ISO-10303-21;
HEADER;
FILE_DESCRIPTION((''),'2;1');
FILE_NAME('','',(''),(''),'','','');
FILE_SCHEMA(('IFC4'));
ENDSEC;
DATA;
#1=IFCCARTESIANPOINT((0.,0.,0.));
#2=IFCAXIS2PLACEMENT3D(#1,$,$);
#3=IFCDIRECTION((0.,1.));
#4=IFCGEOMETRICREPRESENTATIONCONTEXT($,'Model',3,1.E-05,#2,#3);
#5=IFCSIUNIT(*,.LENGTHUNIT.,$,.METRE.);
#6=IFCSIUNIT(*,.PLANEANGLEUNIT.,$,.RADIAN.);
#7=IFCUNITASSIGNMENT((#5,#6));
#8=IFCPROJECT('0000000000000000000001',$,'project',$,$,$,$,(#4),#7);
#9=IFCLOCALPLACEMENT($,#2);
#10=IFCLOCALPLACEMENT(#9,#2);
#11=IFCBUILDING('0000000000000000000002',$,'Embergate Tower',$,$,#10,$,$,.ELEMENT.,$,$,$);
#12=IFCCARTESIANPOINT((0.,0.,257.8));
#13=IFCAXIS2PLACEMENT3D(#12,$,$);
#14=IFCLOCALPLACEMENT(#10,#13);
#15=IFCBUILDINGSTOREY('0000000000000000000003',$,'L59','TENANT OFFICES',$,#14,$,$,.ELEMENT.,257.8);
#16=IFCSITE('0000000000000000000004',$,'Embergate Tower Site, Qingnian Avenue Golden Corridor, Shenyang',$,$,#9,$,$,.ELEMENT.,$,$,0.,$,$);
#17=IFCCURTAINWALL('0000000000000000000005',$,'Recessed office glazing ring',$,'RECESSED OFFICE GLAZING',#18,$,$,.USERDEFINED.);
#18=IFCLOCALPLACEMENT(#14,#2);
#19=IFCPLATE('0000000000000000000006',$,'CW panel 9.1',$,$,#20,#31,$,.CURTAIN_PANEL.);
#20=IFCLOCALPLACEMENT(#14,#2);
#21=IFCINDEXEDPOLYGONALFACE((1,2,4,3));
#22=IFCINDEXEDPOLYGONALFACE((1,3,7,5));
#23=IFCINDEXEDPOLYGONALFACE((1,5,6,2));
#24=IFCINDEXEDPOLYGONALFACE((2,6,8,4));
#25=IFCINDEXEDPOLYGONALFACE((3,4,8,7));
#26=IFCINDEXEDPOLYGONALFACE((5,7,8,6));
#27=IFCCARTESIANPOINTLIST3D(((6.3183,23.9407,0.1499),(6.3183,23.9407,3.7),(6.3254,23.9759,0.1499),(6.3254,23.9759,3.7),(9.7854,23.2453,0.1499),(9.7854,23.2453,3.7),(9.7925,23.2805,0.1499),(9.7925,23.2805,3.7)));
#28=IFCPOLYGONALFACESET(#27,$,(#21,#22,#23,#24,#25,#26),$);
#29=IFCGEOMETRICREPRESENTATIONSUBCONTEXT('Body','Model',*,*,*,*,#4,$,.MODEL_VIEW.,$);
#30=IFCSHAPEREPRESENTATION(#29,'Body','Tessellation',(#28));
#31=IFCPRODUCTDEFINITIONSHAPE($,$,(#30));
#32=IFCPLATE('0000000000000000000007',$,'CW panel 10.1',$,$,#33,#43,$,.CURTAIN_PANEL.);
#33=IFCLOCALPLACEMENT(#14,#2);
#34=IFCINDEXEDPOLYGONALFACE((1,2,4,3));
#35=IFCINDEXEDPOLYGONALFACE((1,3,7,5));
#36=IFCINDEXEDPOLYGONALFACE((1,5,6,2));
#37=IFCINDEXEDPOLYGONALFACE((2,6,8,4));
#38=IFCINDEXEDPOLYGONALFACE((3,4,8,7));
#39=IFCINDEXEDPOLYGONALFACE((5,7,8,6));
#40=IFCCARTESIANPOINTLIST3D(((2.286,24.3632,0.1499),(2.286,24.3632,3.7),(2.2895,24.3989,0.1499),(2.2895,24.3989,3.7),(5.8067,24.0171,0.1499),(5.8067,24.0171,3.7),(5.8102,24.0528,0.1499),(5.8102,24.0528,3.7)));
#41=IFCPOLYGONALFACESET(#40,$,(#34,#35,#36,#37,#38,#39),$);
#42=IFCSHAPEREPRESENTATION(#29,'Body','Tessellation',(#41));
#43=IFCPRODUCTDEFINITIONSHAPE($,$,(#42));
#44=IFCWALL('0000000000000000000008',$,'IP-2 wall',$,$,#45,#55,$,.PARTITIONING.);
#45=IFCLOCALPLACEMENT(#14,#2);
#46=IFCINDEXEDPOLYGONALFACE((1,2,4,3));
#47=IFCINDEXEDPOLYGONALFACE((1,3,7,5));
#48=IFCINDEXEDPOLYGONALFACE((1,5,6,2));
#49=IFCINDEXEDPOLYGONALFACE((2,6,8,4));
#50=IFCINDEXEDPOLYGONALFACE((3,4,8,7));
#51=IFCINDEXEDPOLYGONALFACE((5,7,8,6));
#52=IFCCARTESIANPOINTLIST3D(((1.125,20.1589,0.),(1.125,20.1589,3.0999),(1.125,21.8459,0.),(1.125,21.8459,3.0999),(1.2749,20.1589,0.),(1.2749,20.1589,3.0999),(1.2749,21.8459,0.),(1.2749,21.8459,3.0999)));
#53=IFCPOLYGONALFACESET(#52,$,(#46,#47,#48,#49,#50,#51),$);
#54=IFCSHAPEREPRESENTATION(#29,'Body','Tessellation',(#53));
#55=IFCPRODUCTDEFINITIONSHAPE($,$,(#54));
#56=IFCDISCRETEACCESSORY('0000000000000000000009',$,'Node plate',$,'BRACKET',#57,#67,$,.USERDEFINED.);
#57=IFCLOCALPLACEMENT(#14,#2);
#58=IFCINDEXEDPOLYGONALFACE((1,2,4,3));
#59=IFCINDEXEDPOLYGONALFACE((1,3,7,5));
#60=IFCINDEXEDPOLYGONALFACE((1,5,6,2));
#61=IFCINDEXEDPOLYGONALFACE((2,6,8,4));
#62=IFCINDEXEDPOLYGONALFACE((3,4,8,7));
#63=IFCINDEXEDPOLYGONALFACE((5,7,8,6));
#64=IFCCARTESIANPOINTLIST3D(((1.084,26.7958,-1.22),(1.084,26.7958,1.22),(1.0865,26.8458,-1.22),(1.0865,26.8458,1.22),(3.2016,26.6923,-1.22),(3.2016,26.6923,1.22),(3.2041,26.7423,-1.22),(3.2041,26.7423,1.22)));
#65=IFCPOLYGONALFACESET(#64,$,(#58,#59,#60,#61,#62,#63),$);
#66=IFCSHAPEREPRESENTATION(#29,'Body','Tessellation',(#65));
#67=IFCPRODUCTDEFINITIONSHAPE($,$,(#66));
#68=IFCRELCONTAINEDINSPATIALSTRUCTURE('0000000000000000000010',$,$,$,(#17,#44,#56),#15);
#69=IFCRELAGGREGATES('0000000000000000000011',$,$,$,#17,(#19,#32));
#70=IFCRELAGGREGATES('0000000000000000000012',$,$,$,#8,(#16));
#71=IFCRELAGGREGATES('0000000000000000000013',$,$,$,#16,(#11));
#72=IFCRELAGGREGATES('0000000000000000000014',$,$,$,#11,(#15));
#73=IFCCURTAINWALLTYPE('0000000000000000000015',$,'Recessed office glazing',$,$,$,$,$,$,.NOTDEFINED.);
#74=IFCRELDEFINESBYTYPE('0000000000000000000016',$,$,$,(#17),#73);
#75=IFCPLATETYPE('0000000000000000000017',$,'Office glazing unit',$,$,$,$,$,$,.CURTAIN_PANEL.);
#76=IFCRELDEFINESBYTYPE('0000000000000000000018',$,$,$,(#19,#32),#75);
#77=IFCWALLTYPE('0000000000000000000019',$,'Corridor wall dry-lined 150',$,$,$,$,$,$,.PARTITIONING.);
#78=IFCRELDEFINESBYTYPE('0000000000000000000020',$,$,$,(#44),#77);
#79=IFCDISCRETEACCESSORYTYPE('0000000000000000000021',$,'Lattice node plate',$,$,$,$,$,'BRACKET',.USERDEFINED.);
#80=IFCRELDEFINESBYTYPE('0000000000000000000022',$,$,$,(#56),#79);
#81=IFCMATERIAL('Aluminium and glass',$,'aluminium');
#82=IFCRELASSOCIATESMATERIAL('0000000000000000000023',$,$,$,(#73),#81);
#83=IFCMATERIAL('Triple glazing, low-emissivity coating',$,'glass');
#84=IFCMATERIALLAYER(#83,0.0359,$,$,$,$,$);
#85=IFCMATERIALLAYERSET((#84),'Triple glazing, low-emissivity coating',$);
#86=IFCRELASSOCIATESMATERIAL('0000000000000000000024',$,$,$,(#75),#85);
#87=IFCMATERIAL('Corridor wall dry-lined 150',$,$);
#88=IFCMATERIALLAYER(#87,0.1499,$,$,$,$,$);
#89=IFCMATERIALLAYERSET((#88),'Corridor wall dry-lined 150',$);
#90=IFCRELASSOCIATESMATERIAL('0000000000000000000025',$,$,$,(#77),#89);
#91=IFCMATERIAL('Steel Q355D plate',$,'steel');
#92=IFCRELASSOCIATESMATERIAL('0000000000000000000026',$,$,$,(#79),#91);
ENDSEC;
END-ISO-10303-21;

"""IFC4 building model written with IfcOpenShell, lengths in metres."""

from ifc_helpers import new_model, si_unit, direction, frame, frame_2d, origin, origin_2d, place, context, subcontext, project, spatial, rectangle, extrude, source, transform, mapped, material, layer, layer_set, type_object, element, aggregate, save


model = new_model("IFC4")

# Units and contexts
model_context = context("Model", 3, precision=1e-05, world=origin(), true_north=direction((0.0, 1.0)))
body_context = subcontext(model_context, "Body", "Model", "MODEL_VIEW")
ifc_project = project(units=[si_unit("LENGTHUNIT", "METRE"), si_unit("PLANEANGLEUNIT", "RADIAN")], contexts=[model_context])

# Site, building, storey
site_placement = place(None, origin())
site = spatial("IfcSite", under=ifc_project, at=site_placement, Name="Embergate Tower Site, Qingnian Avenue Golden Corridor, Shenyang", CompositionType="ELEMENT", RefElevation=0.0)
building_placement = place(site_placement, origin())
building = spatial("IfcBuilding", under=site, at=building_placement, Name="Embergate Tower", CompositionType="ELEMENT")
storey_placement = place(building_placement, frame((0.0, 0.0, 257.8)))
storey = spatial("IfcBuildingStorey", under=building, at=storey_placement, Name="L59", Description="TENANT OFFICES", CompositionType="ELEMENT", Elevation=257.8)

# Curtain wall, plates
ifc_material_1 = material(Name="Aluminium and glass", Category="aluminium")
curtain_wall_type = type_object("IfcCurtainWallType", Name="Recessed office glazing", PredefinedType="NOTDEFINED", material=ifc_material_1)
curtain_wall_placement = place(storey_placement, origin())
curtain_wall = element("IfcCurtainWall", 1, at=curtain_wall_placement, inside=storey, type_object=curtain_wall_type, Name="Recessed office glazing ring", ObjectType="RECESSED OFFICE GLAZING", PredefinedType="USERDEFINED")
ifc_material_2 = material(Name="Triple glazing, low-emissivity coating", Category="glass")
ifc_layer_1 = layer(ifc_material_2, 0.0359)
ifc_layer_set_1 = layer_set([ifc_layer_1], Name="Triple glazing, low-emissivity coating")
plate_type = type_object("IfcPlateType", Name="Office glazing unit", PredefinedType="CURTAIN_PANEL", material=ifc_layer_set_1)
shared_shape_1 = source(origin(), body_context, "Body", "SweptSolid", [
    extrude(rectangle(XDim=3.5361, YDim=0.0359, at=origin_2d()), origin(), (0.0, 0.0, 1.0), 3.55),
])
plate_1_placement = place(storey_placement, frame((8.0554, 23.6106, 0.1499), z_axis=(0.0, 0.0, 1.0), x_axis=(-0.980476, 0.196639, 0.0)))
plate_1 = element("IfcPlate", 2, at=plate_1_placement, type_object=plate_type, Name="CW panel 9.1", PredefinedType="CURTAIN_PANEL", context=body_context, shape_type="MappedRepresentation", body=[
    mapped(shared_shape_1, transform((0.0, 0.0, 0.0))),
])
shared_shape_2 = source(origin(), body_context, "Body", "SweptSolid", [
    extrude(rectangle(XDim=3.5376, YDim=0.0359, at=origin_2d()), origin(), (0.0, 0.0, 1.0), 3.55),
])
plate_2_placement = place(storey_placement, frame((4.0481, 24.208, 0.1499), z_axis=(0.0, 0.0, 1.0), x_axis=(-0.995203, 0.09783, 0.0)))
plate_2 = element("IfcPlate", 3, at=plate_2_placement, type_object=plate_type, Name="CW panel 10.1", PredefinedType="CURTAIN_PANEL", context=body_context, shape_type="MappedRepresentation", body=[
    mapped(shared_shape_2, transform((0.0, 0.0, 0.0))),
])
aggregate(curtain_wall, [plate_1, plate_2])

# Wall
ifc_material_3 = material(Name="Corridor wall dry-lined 150")
ifc_layer_2 = layer(ifc_material_3, 0.1499)
ifc_layer_set_2 = layer_set([ifc_layer_2], Name="Corridor wall dry-lined 150")
wall_type = type_object("IfcWallType", Name="Corridor wall dry-lined 150", PredefinedType="PARTITIONING", material=ifc_layer_set_2)
shared_shape_3 = source(origin(), body_context, "Body", "SweptSolid", [
    extrude(rectangle(XDim=1.687, YDim=0.1499, at=frame_2d((0.8435, 0.0))), origin(), (0.0, 0.0, 1.0), 3.0999),
])
wall_placement = place(storey_placement, frame((1.2, 21.8459, 0.0), z_axis=(0.0, 0.0, 1.0), x_axis=(0.0, -1.0, 0.0)))
element("IfcWall", 4, at=wall_placement, inside=storey, type_object=wall_type, Name="IP-2 wall", PredefinedType="PARTITIONING", context=body_context, shape_type="MappedRepresentation", body=[
    mapped(shared_shape_3, transform((0.0, 0.0, 0.0))),
])

# Discrete accessory
ifc_material_4 = material(Name="Steel Q355D plate", Category="steel")
discrete_accessory_type = type_object("IfcDiscreteAccessoryType", Name="Lattice node plate", ElementType="BRACKET", PredefinedType="USERDEFINED", material=ifc_material_4)
shared_shape_4 = source(origin(), body_context, "Body", "SweptSolid", [
    extrude(rectangle(XDim=2.1201, YDim=0.05, at=origin_2d()), origin(), (0.0, 0.0, 1.0), 2.4399),
])
discrete_accessory_placement = place(storey_placement, frame((2.144, 26.769, -1.22), z_axis=(0.0, 0.0, 1.0), x_axis=(-0.998808, 0.048815, 0.0)))
element("IfcDiscreteAccessory", 5, at=discrete_accessory_placement, inside=storey, type_object=discrete_accessory_type, Name="Node plate", ObjectType="BRACKET", PredefinedType="USERDEFINED", context=body_context, shape_type="MappedRepresentation", body=[
    mapped(shared_shape_4, transform((0.0, 0.0, 0.0))),
])

save(model, "model.ifc")
